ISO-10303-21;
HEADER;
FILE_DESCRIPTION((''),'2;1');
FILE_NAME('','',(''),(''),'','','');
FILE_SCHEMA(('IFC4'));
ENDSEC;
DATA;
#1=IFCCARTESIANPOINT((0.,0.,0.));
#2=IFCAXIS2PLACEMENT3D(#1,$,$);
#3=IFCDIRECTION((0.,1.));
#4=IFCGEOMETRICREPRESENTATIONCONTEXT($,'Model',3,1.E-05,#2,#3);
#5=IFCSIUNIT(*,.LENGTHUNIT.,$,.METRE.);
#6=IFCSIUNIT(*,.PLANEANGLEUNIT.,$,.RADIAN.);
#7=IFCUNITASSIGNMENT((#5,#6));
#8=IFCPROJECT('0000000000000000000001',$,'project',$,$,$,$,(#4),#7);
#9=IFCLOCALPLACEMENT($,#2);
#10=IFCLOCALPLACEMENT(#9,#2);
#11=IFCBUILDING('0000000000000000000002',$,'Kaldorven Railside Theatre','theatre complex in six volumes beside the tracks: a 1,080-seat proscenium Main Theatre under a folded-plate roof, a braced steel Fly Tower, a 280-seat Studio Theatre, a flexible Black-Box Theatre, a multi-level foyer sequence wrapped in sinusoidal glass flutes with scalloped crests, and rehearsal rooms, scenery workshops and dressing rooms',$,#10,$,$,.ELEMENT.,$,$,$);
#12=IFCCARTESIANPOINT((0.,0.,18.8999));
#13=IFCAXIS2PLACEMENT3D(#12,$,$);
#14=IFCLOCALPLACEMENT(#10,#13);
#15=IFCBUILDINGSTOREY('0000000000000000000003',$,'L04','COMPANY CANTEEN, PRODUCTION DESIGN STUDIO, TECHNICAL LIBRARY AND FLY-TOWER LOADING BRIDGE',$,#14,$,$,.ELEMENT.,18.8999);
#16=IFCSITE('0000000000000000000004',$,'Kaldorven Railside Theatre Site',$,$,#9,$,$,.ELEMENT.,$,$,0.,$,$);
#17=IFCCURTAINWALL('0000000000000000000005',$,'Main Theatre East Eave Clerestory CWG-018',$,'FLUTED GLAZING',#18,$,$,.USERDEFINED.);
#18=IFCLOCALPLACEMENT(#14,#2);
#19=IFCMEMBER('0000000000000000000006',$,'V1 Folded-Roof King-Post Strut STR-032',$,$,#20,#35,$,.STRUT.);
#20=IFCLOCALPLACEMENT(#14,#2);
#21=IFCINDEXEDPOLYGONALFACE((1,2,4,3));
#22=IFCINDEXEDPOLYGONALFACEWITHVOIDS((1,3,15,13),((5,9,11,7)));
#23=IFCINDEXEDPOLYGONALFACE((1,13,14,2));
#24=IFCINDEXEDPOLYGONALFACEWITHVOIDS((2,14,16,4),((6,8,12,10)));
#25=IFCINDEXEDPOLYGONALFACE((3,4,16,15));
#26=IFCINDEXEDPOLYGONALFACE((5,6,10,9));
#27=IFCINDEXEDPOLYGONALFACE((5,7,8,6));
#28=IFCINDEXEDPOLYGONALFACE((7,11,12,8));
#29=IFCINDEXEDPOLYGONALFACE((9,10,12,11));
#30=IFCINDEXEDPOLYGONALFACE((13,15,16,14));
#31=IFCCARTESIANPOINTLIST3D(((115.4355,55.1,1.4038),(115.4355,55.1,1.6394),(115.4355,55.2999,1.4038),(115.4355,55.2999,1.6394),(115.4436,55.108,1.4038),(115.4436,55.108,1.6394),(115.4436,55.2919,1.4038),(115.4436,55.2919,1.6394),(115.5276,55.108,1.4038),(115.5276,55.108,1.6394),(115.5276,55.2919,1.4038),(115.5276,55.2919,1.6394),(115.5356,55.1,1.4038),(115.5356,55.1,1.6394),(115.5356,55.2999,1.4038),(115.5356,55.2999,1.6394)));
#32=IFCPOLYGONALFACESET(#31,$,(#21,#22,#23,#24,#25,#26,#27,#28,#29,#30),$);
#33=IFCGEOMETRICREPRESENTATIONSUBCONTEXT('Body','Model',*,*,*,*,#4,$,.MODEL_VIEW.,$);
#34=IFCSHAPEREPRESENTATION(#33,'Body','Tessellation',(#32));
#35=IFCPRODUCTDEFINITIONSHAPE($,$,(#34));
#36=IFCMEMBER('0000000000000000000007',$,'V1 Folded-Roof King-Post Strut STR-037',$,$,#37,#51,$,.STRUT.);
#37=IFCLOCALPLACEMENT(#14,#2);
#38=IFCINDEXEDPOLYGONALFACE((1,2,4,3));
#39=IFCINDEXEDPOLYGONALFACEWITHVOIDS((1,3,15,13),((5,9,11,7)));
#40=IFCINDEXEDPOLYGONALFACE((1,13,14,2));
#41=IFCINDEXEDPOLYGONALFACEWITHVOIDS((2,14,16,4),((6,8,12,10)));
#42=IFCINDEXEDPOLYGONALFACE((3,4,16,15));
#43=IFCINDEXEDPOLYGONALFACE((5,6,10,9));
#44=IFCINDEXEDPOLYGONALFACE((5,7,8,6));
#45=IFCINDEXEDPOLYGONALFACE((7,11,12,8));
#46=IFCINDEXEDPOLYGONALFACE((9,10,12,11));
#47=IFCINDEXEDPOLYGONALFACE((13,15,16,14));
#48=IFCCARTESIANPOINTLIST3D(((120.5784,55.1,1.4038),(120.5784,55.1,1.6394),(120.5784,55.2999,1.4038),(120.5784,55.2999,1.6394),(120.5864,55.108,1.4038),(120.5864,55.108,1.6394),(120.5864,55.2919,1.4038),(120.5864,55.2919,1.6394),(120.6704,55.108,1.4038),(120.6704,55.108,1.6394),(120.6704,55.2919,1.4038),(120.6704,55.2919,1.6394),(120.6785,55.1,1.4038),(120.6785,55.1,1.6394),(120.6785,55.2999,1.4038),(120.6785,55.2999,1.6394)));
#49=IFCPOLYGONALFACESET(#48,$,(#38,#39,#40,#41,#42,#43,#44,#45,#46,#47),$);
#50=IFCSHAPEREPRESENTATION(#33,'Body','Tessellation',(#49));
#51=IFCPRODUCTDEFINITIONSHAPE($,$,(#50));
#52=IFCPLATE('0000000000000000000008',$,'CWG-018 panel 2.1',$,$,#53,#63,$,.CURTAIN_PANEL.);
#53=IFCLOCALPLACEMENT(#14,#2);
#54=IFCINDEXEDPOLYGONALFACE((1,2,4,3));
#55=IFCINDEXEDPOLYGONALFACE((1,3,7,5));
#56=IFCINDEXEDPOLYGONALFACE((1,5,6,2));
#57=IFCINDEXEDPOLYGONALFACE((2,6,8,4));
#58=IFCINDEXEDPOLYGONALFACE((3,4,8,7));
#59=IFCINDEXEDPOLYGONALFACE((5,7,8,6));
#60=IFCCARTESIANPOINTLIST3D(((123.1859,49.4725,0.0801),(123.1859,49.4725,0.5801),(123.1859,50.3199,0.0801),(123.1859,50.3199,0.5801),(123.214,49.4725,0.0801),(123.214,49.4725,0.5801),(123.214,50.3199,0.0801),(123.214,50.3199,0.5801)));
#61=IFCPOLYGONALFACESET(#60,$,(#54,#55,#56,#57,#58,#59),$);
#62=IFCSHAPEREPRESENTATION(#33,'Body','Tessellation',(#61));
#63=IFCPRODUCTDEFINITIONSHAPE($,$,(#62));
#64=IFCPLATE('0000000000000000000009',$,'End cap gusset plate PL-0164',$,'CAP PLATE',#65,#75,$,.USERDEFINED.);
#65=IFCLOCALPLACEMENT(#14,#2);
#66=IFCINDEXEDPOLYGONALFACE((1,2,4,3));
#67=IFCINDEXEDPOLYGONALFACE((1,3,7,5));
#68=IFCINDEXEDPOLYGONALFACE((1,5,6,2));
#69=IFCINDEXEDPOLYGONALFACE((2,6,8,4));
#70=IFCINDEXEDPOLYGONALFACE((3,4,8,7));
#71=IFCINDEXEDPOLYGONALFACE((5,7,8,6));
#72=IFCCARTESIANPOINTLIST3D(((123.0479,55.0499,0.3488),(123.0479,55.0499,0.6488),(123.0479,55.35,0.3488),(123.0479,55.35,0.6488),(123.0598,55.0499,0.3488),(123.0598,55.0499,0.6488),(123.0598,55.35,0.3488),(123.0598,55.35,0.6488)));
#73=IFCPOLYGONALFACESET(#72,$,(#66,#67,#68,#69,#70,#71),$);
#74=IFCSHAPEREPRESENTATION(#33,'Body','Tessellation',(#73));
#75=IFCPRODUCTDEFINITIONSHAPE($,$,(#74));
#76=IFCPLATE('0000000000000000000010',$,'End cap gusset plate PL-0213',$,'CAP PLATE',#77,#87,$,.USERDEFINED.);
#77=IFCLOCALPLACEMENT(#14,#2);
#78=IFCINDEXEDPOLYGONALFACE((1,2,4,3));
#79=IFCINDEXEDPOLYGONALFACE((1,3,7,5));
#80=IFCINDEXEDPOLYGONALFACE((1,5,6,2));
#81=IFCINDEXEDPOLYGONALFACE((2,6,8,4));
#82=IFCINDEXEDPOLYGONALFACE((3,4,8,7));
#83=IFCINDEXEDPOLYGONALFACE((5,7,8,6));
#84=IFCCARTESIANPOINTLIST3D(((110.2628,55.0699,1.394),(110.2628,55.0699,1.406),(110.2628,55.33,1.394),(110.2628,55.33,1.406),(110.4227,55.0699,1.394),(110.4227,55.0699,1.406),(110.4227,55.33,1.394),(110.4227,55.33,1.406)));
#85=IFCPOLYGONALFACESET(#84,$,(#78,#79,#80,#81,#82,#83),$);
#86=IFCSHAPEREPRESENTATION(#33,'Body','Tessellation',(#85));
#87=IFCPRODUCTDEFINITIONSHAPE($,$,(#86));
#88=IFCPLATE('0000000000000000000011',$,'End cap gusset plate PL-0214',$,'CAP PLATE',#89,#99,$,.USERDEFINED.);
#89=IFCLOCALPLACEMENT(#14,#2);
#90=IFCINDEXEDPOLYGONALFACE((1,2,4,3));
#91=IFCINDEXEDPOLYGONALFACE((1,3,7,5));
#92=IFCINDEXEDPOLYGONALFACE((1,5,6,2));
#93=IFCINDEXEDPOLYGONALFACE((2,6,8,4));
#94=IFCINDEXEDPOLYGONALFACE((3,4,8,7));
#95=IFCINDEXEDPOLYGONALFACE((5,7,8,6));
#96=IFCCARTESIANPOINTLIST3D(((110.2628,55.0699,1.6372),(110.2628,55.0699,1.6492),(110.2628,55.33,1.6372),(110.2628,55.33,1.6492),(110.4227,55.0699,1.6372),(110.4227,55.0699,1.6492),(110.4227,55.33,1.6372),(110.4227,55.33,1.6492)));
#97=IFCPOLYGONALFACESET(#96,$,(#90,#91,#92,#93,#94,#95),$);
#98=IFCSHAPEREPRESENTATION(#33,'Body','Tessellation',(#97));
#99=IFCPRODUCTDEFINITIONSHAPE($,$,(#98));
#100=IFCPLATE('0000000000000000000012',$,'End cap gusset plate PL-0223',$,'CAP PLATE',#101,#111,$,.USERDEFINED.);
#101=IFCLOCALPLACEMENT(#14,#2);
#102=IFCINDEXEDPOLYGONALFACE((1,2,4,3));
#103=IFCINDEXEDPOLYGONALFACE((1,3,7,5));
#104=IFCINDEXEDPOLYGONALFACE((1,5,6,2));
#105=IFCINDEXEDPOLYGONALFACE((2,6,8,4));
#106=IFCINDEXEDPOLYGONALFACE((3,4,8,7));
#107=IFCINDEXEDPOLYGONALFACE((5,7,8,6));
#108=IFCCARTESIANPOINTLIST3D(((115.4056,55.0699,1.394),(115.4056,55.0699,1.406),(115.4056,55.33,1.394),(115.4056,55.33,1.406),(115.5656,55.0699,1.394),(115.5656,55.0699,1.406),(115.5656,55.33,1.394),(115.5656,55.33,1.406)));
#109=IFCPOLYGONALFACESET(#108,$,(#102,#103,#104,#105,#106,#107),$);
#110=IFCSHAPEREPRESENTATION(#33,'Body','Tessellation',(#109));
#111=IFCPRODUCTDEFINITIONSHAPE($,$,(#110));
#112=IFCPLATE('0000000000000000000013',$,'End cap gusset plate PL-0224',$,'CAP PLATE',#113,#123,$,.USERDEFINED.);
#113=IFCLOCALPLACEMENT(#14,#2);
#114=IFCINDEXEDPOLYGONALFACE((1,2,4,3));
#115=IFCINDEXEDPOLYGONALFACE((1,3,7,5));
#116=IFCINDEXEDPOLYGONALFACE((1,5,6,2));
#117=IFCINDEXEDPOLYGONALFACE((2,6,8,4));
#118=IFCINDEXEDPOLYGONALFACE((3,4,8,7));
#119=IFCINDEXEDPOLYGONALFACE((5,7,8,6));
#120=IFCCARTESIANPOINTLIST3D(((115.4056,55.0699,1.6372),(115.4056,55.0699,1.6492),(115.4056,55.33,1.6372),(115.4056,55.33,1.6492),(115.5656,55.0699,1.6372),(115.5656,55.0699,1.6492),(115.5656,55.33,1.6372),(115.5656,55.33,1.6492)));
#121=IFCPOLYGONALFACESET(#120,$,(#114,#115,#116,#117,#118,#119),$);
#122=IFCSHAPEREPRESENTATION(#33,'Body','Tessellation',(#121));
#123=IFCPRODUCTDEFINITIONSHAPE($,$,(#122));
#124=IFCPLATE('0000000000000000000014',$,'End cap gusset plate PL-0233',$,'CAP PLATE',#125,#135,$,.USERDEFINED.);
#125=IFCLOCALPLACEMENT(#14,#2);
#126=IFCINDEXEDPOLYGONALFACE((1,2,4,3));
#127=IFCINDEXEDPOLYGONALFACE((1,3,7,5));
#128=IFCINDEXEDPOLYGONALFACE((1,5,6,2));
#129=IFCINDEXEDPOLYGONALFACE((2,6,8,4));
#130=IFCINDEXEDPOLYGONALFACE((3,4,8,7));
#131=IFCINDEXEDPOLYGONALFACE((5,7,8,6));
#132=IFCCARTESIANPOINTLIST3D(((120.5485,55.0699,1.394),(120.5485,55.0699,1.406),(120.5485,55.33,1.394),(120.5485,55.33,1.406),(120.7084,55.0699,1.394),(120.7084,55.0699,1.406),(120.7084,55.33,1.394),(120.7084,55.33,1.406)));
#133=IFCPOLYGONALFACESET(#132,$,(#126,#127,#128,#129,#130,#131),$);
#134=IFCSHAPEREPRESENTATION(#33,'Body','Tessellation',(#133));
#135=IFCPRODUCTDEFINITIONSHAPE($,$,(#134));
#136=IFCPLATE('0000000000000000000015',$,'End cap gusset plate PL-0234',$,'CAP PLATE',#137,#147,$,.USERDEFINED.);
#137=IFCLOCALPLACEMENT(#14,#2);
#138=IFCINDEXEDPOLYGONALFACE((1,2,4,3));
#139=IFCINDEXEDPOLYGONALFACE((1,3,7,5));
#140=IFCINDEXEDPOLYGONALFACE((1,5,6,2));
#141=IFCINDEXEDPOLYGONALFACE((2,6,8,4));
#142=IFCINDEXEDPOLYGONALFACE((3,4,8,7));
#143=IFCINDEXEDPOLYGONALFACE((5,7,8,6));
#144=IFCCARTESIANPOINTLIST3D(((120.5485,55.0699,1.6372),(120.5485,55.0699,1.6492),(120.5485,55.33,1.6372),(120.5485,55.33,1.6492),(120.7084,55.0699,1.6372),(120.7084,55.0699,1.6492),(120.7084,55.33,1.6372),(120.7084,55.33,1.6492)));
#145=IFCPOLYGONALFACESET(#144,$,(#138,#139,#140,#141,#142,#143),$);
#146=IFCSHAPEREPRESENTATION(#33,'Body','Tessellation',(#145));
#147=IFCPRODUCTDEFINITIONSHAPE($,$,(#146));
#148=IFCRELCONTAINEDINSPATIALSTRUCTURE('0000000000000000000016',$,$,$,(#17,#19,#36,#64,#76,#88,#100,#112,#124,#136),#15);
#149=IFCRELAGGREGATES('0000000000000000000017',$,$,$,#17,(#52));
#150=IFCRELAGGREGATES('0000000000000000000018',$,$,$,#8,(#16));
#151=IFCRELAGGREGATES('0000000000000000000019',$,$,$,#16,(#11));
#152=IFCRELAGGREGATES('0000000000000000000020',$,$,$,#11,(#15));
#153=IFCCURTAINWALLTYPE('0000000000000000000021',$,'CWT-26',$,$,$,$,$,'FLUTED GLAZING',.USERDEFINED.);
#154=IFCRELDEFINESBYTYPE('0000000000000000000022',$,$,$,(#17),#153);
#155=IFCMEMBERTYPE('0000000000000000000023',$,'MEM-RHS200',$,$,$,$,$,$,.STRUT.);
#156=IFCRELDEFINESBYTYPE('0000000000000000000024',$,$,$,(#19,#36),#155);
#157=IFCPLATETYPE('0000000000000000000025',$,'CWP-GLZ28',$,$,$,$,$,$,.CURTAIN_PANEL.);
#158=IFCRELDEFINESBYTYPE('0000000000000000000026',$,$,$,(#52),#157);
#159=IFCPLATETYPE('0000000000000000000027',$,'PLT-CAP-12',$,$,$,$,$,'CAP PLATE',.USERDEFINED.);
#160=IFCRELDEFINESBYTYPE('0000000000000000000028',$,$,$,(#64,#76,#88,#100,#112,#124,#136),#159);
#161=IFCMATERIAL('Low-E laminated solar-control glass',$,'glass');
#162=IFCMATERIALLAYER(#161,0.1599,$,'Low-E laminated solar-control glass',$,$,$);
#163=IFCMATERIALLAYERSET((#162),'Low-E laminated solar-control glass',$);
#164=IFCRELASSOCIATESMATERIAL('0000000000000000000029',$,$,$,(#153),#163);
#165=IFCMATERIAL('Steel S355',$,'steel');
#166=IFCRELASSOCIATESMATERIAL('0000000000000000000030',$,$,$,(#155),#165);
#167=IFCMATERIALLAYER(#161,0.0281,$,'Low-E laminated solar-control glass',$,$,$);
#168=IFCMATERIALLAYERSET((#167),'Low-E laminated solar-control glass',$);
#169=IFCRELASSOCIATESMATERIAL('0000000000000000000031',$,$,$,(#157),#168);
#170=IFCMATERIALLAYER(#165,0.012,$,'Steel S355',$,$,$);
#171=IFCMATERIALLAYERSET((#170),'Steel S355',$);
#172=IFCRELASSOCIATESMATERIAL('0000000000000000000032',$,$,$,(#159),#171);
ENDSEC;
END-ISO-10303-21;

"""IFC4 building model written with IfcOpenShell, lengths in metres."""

from ifc_helpers import new_model, si_unit, direction, frame, origin, origin_2d, place, context, subcontext, project, spatial, rectangle, hollow_rectangle, extrude, material, layer, layer_set, material_profile, profile_set, type_object, element, aggregate, save


model = new_model("IFC4")

# Units and contexts
model_context = context("Model", 3, precision=1e-05, world=origin(), true_north=direction((0.0, 1.0)))
body_context = subcontext(model_context, "Body", "Model", "MODEL_VIEW")
ifc_project = project(units=[si_unit("LENGTHUNIT", "METRE"), si_unit("PLANEANGLEUNIT", "RADIAN")], contexts=[model_context])

# Site, building, storey
site_placement = place(None, origin())
site = spatial("IfcSite", under=ifc_project, at=site_placement, Name="Kaldorven Railside Theatre Site", CompositionType="ELEMENT", RefElevation=0.0)
building_placement = place(site_placement, origin())
building = spatial("IfcBuilding", under=site, at=building_placement, Name="Kaldorven Railside Theatre", Description="theatre complex in six volumes beside the tracks: a 1,080-seat proscenium Main Theatre under a folded-plate roof, a braced steel Fly Tower, a 280-seat Studio Theatre, a flexible Black-Box Theatre, a multi-level foyer sequence wrapped in sinusoidal glass flutes with scalloped crests, and rehearsal rooms, scenery workshops and dressing rooms", CompositionType="ELEMENT")
storey_placement = place(building_placement, frame((0.0, 0.0, 18.8999)))
storey = spatial("IfcBuildingStorey", under=building, at=storey_placement, Name="L04", Description="COMPANY CANTEEN, PRODUCTION DESIGN STUDIO, TECHNICAL LIBRARY AND FLY-TOWER LOADING BRIDGE", CompositionType="ELEMENT", Elevation=18.8999)

# Shared definitions
ifc_material_1 = material(Name="Steel S355", Category="steel")

# Curtain wall
ifc_material_2 = material(Name="Low-E laminated solar-control glass", Category="glass")
ifc_layer_1 = layer(ifc_material_2, 0.1599, Name="Low-E laminated solar-control glass")
ifc_layer_set_1 = layer_set([ifc_layer_1], Name="Low-E laminated solar-control glass")
curtain_wall_type_1 = type_object("IfcCurtainWallType", Name="CWT-26", ElementType="FLUTED GLAZING", PredefinedType="USERDEFINED", material=ifc_layer_set_1)
curtain_wall_1_placement = place(storey_placement, origin())
curtain_wall_1 = element("IfcCurtainWall", 1, at=curtain_wall_1_placement, inside=storey, type_object=curtain_wall_type_1, Name="Main Theatre East Eave Clerestory CWG-018", ObjectType="FLUTED GLAZING", PredefinedType="USERDEFINED")

# Members
ifc_material_profile_1 = material_profile(ifc_material_1, hollow_rectangle(XDim=0.1001, YDim=0.2, WallThickness=0.0081, at=origin_2d()), Name="RHS 200x100x8")
ifc_profile_set_1 = profile_set([ifc_material_profile_1], Name="Steel S355")
member_type_1 = type_object("IfcMemberType", Name="MEM-RHS200", PredefinedType="STRUT", material=ifc_profile_set_1)
for number, where, z_axis, x_axis, name in (
    (2, (115.4856, 55.2, 1.4038), (0.0, 0.0, 1.0), (1.0, 0.0, 0.0), "V1 Folded-Roof King-Post Strut STR-032"),
    (3, (120.6284, 55.2, 1.4038), (0.0, 0.0, 1.0), (1.0, 0.0, 0.0), "V1 Folded-Roof King-Post Strut STR-037"),
):
    element("IfcMember", number, at=place(storey_placement, frame(where, z_axis=z_axis, x_axis=x_axis)), inside=storey, type_object=member_type_1, Name=name, PredefinedType="STRUT", context=body_context, shape_type="SweptSolid", body=[
        extrude(hollow_rectangle(XDim=0.1001, YDim=0.2, WallThickness=0.0081, at=origin_2d()), origin(), (0.0, 0.0, 1.0), 0.2356),
    ])

# Plate
ifc_layer_2 = layer(ifc_material_2, 0.0281, Name="Low-E laminated solar-control glass")
ifc_layer_set_2 = layer_set([ifc_layer_2], Name="Low-E laminated solar-control glass")
plate_type_1 = type_object("IfcPlateType", Name="CWP-GLZ28", PredefinedType="CURTAIN_PANEL", material=ifc_layer_set_2)
plate_1_placement = place(storey_placement, frame((123.2, 49.8962, 0.0801), z_axis=(0.0, 0.0, 1.0), x_axis=(0.0, 1.0, 0.0)))
plate_1 = element("IfcPlate", 4, at=plate_1_placement, type_object=plate_type_1, Name="CWG-018 panel 2.1", PredefinedType="CURTAIN_PANEL", context=body_context, shape_type="SweptSolid", body=[
    extrude(rectangle(XDim=0.8474, YDim=0.0281, at=origin_2d()), origin(), (0.0, 0.0, 1.0), 0.5),
])
aggregate(curtain_wall_1, [plate_1])

# Plates
ifc_layer_3 = layer(ifc_material_1, 0.012, Name="Steel S355")
ifc_layer_set_3 = layer_set([ifc_layer_3], Name="Steel S355")
plate_type_2 = type_object("IfcPlateType", Name="PLT-CAP-12", ElementType="CAP PLATE", PredefinedType="USERDEFINED", material=ifc_layer_set_3)
plate_2_placement = place(storey_placement, frame((123.0479, 55.2, 0.4988), z_axis=(1.0, 0.0, 0.0), x_axis=(0.0, 1.0, 0.0)))
element("IfcPlate", 5, at=plate_2_placement, inside=storey, type_object=plate_type_2, Name="End cap gusset plate PL-0164", ObjectType="CAP PLATE", PredefinedType="USERDEFINED", context=body_context, shape_type="SweptSolid", body=[
    extrude(rectangle(XDim=0.3, YDim=0.3, at=origin_2d()), origin(), (0.0, 0.0, 1.0), 0.012),
])
for number, where, z_axis, x_axis, name in (
    (6, (110.3428, 55.2, 1.394), (0.0, 0.0, 1.0), (1.0, 0.0, 0.0), "End cap gusset plate PL-0213"),
    (7, (110.3428, 55.2, 1.6372), (0.0, 0.0, 1.0), (1.0, 0.0, 0.0), "End cap gusset plate PL-0214"),
    (8, (115.4856, 55.2, 1.394), (0.0, 0.0, 1.0), (1.0, 0.0, 0.0), "End cap gusset plate PL-0223"),
    (9, (115.4856, 55.2, 1.6372), (0.0, 0.0, 1.0), (1.0, 0.0, 0.0), "End cap gusset plate PL-0224"),
    (10, (120.6284, 55.2, 1.394), (0.0, 0.0, 1.0), (1.0, 0.0, 0.0), "End cap gusset plate PL-0233"),
    (11, (120.6284, 55.2, 1.6372), (0.0, 0.0, 1.0), (1.0, 0.0, 0.0), "End cap gusset plate PL-0234"),
):
    element("IfcPlate", number, at=place(storey_placement, frame(where, z_axis=z_axis, x_axis=x_axis)), inside=storey, type_object=plate_type_2, Name=name, ObjectType="CAP PLATE", PredefinedType="USERDEFINED", context=body_context, shape_type="SweptSolid", body=[
        extrude(rectangle(XDim=0.1599, YDim=0.26, at=origin_2d()), origin(), (0.0, 0.0, 1.0), 0.012),
    ])

save(model, "model.ifc")
